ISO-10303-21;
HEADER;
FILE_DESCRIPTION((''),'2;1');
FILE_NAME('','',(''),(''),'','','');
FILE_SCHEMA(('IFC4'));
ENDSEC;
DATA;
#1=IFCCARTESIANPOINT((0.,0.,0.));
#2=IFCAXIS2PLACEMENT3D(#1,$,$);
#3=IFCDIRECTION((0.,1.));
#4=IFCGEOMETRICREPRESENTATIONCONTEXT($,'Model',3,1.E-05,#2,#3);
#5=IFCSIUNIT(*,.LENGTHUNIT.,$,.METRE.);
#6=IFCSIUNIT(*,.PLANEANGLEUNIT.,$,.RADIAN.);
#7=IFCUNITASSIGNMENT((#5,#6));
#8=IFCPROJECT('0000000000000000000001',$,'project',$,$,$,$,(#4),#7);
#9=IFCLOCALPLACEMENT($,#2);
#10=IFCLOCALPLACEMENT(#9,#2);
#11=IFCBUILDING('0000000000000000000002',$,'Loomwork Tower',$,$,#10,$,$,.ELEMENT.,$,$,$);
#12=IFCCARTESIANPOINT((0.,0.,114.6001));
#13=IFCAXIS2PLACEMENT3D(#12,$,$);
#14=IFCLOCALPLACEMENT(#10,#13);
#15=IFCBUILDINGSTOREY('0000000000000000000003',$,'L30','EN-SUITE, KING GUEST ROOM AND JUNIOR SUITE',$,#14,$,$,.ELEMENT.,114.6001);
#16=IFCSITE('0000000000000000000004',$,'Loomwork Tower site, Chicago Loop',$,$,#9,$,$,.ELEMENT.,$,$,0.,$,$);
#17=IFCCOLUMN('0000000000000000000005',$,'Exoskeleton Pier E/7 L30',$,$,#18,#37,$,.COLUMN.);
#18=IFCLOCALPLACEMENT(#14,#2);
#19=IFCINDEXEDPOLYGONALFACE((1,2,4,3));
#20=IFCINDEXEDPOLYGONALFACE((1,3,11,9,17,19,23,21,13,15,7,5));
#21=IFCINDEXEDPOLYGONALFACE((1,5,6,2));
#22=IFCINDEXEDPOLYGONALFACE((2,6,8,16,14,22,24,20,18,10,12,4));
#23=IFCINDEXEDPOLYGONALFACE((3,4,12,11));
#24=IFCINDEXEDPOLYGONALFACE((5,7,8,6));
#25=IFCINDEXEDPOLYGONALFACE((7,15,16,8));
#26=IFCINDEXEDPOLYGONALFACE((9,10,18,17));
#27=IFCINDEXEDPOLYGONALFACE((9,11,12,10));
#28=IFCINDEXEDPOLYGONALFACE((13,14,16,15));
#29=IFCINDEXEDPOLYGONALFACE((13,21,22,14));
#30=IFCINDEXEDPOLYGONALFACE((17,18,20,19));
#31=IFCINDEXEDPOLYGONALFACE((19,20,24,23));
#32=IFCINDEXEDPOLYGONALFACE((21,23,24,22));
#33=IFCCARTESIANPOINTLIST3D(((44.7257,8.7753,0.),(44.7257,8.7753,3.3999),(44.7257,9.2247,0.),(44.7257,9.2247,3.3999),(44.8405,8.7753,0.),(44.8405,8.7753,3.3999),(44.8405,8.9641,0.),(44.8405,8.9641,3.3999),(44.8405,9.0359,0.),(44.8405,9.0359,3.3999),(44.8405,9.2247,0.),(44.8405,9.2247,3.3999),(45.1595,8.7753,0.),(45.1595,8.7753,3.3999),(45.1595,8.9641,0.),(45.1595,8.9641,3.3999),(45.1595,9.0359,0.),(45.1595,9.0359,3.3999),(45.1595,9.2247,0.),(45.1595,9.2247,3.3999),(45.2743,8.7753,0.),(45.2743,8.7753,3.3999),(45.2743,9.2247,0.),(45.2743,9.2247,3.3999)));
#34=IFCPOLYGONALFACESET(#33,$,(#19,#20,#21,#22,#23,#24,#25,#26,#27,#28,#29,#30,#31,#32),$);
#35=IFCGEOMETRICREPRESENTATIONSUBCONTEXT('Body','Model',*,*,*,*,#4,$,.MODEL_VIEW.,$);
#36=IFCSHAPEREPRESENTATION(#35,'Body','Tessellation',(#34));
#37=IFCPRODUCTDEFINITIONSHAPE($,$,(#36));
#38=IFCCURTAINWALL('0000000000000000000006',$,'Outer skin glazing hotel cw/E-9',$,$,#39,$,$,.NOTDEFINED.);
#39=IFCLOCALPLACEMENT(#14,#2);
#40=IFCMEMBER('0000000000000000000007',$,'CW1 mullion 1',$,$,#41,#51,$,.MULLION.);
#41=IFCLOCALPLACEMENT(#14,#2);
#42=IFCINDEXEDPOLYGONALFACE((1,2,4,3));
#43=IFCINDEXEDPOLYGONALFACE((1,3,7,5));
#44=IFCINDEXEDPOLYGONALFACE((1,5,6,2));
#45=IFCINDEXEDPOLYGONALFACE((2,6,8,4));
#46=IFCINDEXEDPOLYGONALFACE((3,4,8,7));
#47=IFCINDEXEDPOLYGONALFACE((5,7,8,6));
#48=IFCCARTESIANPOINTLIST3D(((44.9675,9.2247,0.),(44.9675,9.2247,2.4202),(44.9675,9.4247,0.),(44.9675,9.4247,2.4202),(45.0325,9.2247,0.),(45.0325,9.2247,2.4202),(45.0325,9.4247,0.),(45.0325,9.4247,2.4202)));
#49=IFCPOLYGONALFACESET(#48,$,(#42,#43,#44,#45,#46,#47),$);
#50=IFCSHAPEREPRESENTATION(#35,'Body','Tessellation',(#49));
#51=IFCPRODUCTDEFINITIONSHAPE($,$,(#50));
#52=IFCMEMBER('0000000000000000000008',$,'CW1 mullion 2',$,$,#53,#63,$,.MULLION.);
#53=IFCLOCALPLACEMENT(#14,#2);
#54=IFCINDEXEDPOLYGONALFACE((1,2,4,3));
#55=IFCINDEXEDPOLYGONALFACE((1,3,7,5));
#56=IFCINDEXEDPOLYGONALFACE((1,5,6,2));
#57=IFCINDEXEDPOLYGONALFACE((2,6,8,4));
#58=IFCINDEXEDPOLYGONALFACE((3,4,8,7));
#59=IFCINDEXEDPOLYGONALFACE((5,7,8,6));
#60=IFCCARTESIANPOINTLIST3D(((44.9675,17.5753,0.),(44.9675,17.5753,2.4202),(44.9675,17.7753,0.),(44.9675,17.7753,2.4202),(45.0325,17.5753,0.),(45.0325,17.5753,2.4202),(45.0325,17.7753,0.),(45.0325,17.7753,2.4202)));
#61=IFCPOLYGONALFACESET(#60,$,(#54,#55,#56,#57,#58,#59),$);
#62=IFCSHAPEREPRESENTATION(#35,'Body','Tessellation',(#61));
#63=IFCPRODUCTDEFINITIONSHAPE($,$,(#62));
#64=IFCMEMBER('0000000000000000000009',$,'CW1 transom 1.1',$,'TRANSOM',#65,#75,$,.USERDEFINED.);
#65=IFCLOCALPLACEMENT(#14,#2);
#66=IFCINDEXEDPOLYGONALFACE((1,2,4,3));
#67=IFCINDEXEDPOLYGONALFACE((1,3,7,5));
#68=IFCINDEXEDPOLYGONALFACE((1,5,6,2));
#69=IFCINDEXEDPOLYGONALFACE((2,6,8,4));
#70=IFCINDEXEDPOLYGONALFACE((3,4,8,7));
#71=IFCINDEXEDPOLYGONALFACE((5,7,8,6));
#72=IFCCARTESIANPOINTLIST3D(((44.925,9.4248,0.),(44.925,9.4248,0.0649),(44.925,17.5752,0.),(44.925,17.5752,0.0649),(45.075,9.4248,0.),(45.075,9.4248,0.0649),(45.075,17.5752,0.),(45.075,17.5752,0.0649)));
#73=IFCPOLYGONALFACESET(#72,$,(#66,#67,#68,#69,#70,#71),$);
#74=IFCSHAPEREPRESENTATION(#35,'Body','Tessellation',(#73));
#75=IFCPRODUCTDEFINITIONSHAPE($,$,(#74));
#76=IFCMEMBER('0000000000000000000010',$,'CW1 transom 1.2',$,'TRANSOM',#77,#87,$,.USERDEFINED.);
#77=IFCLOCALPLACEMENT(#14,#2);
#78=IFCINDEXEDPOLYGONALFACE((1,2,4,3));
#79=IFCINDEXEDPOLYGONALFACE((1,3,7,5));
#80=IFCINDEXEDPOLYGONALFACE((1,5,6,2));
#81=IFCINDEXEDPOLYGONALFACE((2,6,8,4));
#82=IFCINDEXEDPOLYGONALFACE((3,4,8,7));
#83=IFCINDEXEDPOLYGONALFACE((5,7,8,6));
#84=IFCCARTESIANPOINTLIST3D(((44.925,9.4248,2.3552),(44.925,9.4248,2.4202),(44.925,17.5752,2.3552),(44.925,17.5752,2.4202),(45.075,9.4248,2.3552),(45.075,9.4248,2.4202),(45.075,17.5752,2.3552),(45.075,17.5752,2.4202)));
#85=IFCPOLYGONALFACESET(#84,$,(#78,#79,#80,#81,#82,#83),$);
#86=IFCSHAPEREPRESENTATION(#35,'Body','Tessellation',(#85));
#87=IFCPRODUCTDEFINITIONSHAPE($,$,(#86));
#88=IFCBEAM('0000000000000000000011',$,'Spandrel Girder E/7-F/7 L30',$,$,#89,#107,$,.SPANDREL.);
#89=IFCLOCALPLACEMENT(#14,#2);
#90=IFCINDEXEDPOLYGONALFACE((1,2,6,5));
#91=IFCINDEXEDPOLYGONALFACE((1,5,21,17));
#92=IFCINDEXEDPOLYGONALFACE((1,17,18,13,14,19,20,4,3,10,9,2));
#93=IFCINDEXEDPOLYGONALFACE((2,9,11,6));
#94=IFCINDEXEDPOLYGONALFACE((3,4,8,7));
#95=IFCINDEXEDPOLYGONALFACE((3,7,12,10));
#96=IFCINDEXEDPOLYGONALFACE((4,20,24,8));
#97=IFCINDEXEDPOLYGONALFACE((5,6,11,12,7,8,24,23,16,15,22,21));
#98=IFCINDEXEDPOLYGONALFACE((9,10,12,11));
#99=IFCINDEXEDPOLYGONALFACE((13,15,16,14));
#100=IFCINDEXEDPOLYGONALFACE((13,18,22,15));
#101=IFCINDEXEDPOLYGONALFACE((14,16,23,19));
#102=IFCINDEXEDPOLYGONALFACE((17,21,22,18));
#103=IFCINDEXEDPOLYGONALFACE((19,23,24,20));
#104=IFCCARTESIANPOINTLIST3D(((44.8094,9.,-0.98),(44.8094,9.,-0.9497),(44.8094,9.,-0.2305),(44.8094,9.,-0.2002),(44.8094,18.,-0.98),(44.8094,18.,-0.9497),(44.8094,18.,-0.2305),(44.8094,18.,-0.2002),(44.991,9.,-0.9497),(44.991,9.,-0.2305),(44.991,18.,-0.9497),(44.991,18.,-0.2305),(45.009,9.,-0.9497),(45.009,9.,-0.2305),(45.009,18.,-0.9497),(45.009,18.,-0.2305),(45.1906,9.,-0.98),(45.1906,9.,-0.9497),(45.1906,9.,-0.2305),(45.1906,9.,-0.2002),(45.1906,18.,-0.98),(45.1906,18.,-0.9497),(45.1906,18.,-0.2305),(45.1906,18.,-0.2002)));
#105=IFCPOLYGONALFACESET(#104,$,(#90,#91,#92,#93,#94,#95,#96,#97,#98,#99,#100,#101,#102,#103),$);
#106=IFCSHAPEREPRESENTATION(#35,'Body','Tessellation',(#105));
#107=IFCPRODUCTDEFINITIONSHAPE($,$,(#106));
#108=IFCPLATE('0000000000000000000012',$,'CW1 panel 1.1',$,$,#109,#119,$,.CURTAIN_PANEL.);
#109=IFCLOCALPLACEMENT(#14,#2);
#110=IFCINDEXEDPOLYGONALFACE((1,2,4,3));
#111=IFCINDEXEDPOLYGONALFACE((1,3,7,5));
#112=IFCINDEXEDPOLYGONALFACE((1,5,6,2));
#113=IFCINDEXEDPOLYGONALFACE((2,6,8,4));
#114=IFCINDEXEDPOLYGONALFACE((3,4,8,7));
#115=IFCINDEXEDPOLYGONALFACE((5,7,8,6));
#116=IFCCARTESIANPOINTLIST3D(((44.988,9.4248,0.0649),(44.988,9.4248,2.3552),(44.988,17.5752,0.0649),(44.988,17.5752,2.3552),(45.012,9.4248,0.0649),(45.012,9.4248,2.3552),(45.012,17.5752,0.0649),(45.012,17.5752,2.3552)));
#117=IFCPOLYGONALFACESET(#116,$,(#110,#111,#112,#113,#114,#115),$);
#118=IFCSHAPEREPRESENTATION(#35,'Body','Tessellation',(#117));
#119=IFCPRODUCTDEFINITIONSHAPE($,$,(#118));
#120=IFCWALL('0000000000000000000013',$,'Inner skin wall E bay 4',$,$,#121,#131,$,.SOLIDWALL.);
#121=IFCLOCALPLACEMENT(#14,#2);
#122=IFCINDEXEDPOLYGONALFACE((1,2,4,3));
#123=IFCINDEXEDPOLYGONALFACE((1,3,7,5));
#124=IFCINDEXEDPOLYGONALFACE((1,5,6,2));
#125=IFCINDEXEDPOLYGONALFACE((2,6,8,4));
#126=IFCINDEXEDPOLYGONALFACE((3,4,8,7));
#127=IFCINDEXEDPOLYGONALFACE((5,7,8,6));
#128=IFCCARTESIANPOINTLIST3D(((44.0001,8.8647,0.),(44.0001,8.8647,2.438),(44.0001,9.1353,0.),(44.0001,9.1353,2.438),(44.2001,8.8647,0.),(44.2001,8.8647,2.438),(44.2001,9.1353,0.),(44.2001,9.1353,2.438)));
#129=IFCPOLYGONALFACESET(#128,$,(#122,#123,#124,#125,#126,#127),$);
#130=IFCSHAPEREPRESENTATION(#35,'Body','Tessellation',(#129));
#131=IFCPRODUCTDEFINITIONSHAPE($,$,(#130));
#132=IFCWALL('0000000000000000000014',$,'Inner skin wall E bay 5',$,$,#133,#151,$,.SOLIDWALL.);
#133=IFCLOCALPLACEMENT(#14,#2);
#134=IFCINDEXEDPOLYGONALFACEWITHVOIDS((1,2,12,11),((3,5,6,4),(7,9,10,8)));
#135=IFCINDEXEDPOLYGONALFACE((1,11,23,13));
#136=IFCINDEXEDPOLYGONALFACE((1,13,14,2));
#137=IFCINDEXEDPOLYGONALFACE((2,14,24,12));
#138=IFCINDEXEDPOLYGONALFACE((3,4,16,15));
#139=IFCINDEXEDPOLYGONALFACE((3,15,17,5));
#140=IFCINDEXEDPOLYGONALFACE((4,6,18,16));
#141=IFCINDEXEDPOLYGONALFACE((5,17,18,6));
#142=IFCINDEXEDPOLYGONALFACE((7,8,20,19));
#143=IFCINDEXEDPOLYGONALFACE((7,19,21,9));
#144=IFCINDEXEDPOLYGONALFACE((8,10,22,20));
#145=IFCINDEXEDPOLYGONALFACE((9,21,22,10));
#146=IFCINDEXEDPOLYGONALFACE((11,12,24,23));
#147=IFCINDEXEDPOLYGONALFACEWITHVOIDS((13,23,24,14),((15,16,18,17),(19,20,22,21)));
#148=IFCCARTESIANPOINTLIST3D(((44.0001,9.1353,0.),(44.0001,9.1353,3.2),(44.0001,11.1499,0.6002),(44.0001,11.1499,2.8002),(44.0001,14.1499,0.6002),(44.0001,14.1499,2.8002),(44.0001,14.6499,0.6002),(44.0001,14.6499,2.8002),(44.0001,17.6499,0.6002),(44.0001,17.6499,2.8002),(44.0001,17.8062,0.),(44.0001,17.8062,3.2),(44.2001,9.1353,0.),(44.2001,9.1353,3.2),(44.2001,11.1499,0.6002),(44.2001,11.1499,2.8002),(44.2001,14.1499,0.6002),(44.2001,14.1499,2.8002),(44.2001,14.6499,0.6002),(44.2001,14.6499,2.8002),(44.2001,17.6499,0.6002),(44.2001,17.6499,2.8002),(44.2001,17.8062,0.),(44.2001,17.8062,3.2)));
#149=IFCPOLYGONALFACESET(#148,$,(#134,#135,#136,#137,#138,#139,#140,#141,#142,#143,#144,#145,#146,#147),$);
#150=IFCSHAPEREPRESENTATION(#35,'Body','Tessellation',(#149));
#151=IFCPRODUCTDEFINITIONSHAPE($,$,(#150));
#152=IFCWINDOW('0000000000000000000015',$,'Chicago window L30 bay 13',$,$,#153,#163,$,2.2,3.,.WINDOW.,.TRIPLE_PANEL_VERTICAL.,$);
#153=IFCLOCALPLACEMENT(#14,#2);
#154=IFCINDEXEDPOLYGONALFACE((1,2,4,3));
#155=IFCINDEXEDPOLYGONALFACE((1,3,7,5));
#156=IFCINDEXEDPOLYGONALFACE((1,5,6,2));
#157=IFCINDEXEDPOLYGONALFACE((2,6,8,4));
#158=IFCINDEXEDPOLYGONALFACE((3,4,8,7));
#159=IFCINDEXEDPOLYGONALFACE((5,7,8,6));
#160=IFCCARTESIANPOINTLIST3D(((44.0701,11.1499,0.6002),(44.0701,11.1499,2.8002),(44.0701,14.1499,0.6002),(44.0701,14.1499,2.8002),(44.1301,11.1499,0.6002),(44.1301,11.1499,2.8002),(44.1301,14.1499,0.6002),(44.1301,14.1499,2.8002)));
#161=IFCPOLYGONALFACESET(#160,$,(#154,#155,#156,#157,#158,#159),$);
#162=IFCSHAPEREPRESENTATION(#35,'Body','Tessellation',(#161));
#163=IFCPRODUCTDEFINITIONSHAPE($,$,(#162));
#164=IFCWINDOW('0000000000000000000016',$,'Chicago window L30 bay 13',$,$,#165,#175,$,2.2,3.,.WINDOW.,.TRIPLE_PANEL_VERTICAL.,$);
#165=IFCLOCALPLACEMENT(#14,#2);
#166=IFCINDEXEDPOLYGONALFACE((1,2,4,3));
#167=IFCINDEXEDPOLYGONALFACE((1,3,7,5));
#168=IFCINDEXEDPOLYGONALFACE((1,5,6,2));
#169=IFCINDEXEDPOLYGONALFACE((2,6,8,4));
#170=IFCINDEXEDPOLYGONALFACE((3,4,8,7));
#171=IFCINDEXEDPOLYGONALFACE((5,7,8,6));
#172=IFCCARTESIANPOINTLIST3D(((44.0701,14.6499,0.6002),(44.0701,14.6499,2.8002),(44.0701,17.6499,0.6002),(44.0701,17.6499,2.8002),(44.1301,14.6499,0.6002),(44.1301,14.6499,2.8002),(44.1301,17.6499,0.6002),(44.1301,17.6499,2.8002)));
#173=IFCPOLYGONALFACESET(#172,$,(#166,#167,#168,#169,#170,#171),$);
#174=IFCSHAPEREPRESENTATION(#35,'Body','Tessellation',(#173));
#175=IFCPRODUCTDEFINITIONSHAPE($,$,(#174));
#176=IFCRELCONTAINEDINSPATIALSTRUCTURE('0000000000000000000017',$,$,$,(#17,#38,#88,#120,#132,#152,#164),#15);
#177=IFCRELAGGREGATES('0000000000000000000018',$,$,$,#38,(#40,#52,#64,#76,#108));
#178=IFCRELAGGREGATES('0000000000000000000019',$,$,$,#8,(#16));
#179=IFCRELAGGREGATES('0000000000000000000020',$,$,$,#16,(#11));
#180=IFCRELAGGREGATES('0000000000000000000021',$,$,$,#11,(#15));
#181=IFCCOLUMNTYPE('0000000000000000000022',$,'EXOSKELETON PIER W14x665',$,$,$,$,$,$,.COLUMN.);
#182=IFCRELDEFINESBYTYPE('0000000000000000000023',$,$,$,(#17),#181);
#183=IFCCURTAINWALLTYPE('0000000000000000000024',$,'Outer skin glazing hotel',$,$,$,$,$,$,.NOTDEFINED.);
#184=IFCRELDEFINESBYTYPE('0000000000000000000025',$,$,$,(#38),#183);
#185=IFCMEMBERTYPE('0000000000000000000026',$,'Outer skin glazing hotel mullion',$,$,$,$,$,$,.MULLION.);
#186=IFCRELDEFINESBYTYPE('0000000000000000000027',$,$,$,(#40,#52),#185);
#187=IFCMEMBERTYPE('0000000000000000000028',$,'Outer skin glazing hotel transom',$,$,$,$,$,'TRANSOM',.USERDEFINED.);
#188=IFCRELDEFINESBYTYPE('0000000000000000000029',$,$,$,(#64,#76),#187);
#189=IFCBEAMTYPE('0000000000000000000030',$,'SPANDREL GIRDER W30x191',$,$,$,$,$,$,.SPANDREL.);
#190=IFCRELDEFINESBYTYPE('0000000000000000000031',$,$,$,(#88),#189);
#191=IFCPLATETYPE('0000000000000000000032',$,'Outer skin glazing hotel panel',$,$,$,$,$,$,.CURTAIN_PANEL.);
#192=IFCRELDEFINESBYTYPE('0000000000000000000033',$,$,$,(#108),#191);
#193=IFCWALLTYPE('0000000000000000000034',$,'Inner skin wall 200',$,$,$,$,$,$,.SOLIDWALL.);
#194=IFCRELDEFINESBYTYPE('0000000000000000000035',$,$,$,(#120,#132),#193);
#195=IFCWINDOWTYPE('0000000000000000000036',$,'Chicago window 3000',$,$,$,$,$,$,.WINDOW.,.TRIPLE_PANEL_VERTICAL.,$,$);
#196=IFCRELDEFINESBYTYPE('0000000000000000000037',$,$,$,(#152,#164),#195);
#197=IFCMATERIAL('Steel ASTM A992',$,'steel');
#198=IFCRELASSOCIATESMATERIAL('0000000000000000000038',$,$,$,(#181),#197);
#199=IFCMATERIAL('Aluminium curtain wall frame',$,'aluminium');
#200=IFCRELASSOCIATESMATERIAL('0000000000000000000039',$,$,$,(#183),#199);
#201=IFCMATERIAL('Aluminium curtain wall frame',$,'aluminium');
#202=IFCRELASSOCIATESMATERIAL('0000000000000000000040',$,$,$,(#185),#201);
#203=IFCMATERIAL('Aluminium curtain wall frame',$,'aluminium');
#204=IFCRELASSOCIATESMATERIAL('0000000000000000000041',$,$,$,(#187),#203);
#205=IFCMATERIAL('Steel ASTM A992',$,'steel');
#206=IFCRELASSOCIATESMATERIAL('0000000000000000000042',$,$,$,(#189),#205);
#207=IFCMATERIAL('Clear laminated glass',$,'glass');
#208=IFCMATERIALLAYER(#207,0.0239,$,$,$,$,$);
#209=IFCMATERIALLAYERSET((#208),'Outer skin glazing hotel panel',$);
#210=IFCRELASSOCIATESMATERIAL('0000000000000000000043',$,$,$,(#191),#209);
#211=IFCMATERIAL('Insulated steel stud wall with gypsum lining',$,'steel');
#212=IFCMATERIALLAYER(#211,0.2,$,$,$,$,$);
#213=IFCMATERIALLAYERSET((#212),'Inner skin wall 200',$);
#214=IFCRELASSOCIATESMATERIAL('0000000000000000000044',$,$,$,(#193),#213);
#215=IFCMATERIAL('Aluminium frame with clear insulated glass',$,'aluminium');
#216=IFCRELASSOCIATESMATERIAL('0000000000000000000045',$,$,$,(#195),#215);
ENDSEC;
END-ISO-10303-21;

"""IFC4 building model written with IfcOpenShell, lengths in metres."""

from ifc_helpers import new_model, si_unit, direction, frame, frame_2d, origin, origin_2d, place, context, subcontext, project, spatial, rectangle, i_section, extrude, material, layer, layer_set, material_profile, profile_set, type_object, element, fill, aggregate, save


model = new_model("IFC4")

# Units and contexts
model_context = context("Model", 3, precision=1e-05, world=origin(), true_north=direction((0.0, 1.0)))
body_context = subcontext(model_context, "Body", "Model", "MODEL_VIEW")
ifc_project = project(units=[si_unit("LENGTHUNIT", "METRE"), si_unit("PLANEANGLEUNIT", "RADIAN")], contexts=[model_context])

# Site, building, storey
site_placement = place(None, origin())
site = spatial("IfcSite", under=ifc_project, at=site_placement, Name="Loomwork Tower site, Chicago Loop", CompositionType="ELEMENT", RefElevation=0.0)
building_placement = place(site_placement, origin())
building = spatial("IfcBuilding", under=site, at=building_placement, Name="Loomwork Tower", CompositionType="ELEMENT")
storey_placement = place(building_placement, frame((0.0, 0.0, 114.6001)))
storey = spatial("IfcBuildingStorey", under=building, at=storey_placement, Name="L30", Description="EN-SUITE, KING GUEST ROOM AND JUNIOR SUITE", CompositionType="ELEMENT", Elevation=114.6001)

# Column
ifc_material_1 = material(Name="Steel ASTM A992", Category="steel")
ifc_material_profile_1 = material_profile(ifc_material_1, i_section(OverallWidth=0.4495, OverallDepth=0.5486, WebThickness=0.0718, FlangeThickness=0.1147, at=origin_2d()), Name="W14x665")
ifc_profile_set_1 = profile_set([ifc_material_profile_1], Name="Steel ASTM A992")
column_type = type_object("IfcColumnType", Name="EXOSKELETON PIER W14x665", PredefinedType="COLUMN", material=ifc_profile_set_1)
column_placement = place(storey_placement, frame((45.0, 9.0, 0.0), z_axis=(0.0, 0.0, 1.0), x_axis=(0.0, 1.0, 0.0)))
element("IfcColumn", 1, at=column_placement, inside=storey, type_object=column_type, Name="Exoskeleton Pier E/7 L30", PredefinedType="COLUMN", context=body_context, shape_type="SweptSolid", body=[
    extrude(i_section(OverallWidth=0.4495, OverallDepth=0.5486, WebThickness=0.0718, FlangeThickness=0.1147, at=origin_2d()), origin(), (0.0, 0.0, 1.0), 3.3999),
])

# Curtain wall, members
ifc_material_2 = material(Name="Aluminium curtain wall frame", Category="aluminium")
curtain_wall_type = type_object("IfcCurtainWallType", Name="Outer skin glazing hotel", PredefinedType="NOTDEFINED", material=ifc_material_2)
curtain_wall_placement = place(storey_placement, origin())
curtain_wall = element("IfcCurtainWall", 2, at=curtain_wall_placement, inside=storey, type_object=curtain_wall_type, Name="Outer skin glazing hotel cw/E-9", PredefinedType="NOTDEFINED")
ifc_material_3 = material(Name="Aluminium curtain wall frame", Category="aluminium")
ifc_material_profile_2 = material_profile(ifc_material_3, rectangle(XDim=0.0649, YDim=0.2, at=origin_2d()), Name="AL 65x200")
ifc_profile_set_2 = profile_set([ifc_material_profile_2], Name="Aluminium curtain wall frame")
member_type_1 = type_object("IfcMemberType", Name="Outer skin glazing hotel mullion", PredefinedType="MULLION", material=ifc_profile_set_2)
member_1_placement = place(storey_placement, frame((45.0, 9.3247, 0.0), z_axis=(0.0, 0.0, 1.0), x_axis=(-1.0, 0.0, 0.0)))
member_1 = element("IfcMember", 3, at=member_1_placement, type_object=member_type_1, Name="CW1 mullion 1", PredefinedType="MULLION", context=body_context, shape_type="SweptSolid", body=[
    extrude(rectangle(XDim=0.0649, YDim=0.2, at=origin_2d()), origin(), (0.0, 0.0, 1.0), 2.4202),
])
member_2_placement = place(storey_placement, frame((45.0, 17.6753, 0.0), z_axis=(0.0, 0.0, 1.0), x_axis=(-1.0, 0.0, 0.0)))
member_2 = element("IfcMember", 4, at=member_2_placement, type_object=member_type_1, Name="CW1 mullion 2", PredefinedType="MULLION", context=body_context, shape_type="SweptSolid", body=[
    extrude(rectangle(XDim=0.0649, YDim=0.2, at=origin_2d()), origin(), (0.0, 0.0, 1.0), 2.4202),
])
ifc_material_4 = material(Name="Aluminium curtain wall frame", Category="aluminium")
ifc_material_profile_3 = material_profile(ifc_material_4, rectangle(XDim=0.1499, YDim=0.0649, at=origin_2d()), Name="AL 65x150")
ifc_profile_set_3 = profile_set([ifc_material_profile_3], Name="Aluminium curtain wall frame")
member_type_2 = type_object("IfcMemberType", Name="Outer skin glazing hotel transom", ElementType="TRANSOM", PredefinedType="USERDEFINED", material=ifc_profile_set_3)
member_3_placement = place(storey_placement, frame((45.0, 9.4248, 0.0325), z_axis=(0.0, 1.0, 0.0), x_axis=(-1.0, 0.0, 0.0)))
member_3 = element("IfcMember", 5, at=member_3_placement, type_object=member_type_2, Name="CW1 transom 1.1", ObjectType="TRANSOM", PredefinedType="USERDEFINED", context=body_context, shape_type="SweptSolid", body=[
    extrude(rectangle(XDim=0.1499, YDim=0.0649, at=origin_2d()), origin(), (0.0, 0.0, 1.0), 8.1504),
])
member_4_placement = place(storey_placement, frame((45.0, 9.4248, 2.3877), z_axis=(0.0, 1.0, 0.0), x_axis=(-1.0, 0.0, 0.0)))
member_4 = element("IfcMember", 6, at=member_4_placement, type_object=member_type_2, Name="CW1 transom 1.2", ObjectType="TRANSOM", PredefinedType="USERDEFINED", context=body_context, shape_type="SweptSolid", body=[
    extrude(rectangle(XDim=0.1499, YDim=0.0649, at=origin_2d()), origin(), (0.0, 0.0, 1.0), 8.1504),
])

# Beam
ifc_material_5 = material(Name="Steel ASTM A992", Category="steel")
ifc_material_profile_4 = material_profile(ifc_material_5, i_section(OverallWidth=0.3811, OverallDepth=0.7798, WebThickness=0.0181, FlangeThickness=0.0303, at=origin_2d()), Name="W30x191")
ifc_profile_set_4 = profile_set([ifc_material_profile_4], Name="Steel ASTM A992")
beam_type = type_object("IfcBeamType", Name="SPANDREL GIRDER W30x191", PredefinedType="SPANDREL", material=ifc_profile_set_4)
beam_placement = place(storey_placement, frame((45.0, 9.0, -0.5901), z_axis=(0.0, 1.0, 0.0), x_axis=(-1.0, 0.0, 0.0)))
element("IfcBeam", 7, at=beam_placement, inside=storey, type_object=beam_type, Name="Spandrel Girder E/7-F/7 L30", PredefinedType="SPANDREL", context=body_context, shape_type="SweptSolid", body=[
    extrude(i_section(OverallWidth=0.3811, OverallDepth=0.7798, WebThickness=0.0181, FlangeThickness=0.0303, at=origin_2d()), origin(), (0.0, 0.0, 1.0), 9.0),
])

# Plate
ifc_material_6 = material(Name="Clear laminated glass", Category="glass")
ifc_layer_1 = layer(ifc_material_6, 0.0239)
ifc_layer_set_1 = layer_set([ifc_layer_1], Name="Outer skin glazing hotel panel")
plate_type = type_object("IfcPlateType", Name="Outer skin glazing hotel panel", PredefinedType="CURTAIN_PANEL", material=ifc_layer_set_1)
plate_placement = place(storey_placement, frame((45.0, 13.5, 0.0649), z_axis=(0.0, 0.0, 1.0), x_axis=(0.0, 1.0, 0.0)))
plate = element("IfcPlate", 8, at=plate_placement, type_object=plate_type, Name="CW1 panel 1.1", PredefinedType="CURTAIN_PANEL", context=body_context, shape_type="SweptSolid", body=[
    extrude(rectangle(XDim=8.1504, YDim=0.0239, at=origin_2d()), origin(), (0.0, 0.0, 1.0), 2.2903),
])
aggregate(curtain_wall, [member_1, member_2, member_3, member_4, plate])

# Wall
ifc_material_7 = material(Name="Insulated steel stud wall with gypsum lining", Category="steel")
ifc_layer_2 = layer(ifc_material_7, 0.2)
ifc_layer_set_2 = layer_set([ifc_layer_2], Name="Inner skin wall 200")
wall_type = type_object("IfcWallType", Name="Inner skin wall 200", PredefinedType="SOLIDWALL", material=ifc_layer_set_2)
wall_1_placement = place(storey_placement, frame((44.1001, 8.8647, 0.0), z_axis=(0.0, 0.0, 1.0), x_axis=(0.0, 1.0, 0.0)))
element("IfcWall", 9, at=wall_1_placement, inside=storey, type_object=wall_type, Name="Inner skin wall E bay 4", PredefinedType="SOLIDWALL", context=body_context, shape_type="SweptSolid", body=[
    extrude(rectangle(XDim=0.2705, YDim=0.2, at=frame_2d((0.1353, 0.0))), origin(), (0.0, 0.0, 1.0), 2.438),
])

# Wall, openings, windows
wall_2_placement = place(storey_placement, frame((44.1001, 9.1353, 0.0), z_axis=(0.0, 0.0, 1.0), x_axis=(0.0, 1.0, 0.0)))
wall_2 = element("IfcWall", 10, at=wall_2_placement, inside=storey, type_object=wall_type, Name="Inner skin wall E bay 5", PredefinedType="SOLIDWALL", context=body_context, shape_type="SweptSolid", body=[
    extrude(rectangle(XDim=8.6709, YDim=0.2, at=frame_2d((4.3354, 0.0))), origin(), (0.0, 0.0, 1.0), 3.2),
])
opening_1_placement = place(wall_2_placement, frame((2.0146, 0.0, 0.6001)))
opening_1 = element("IfcOpeningElement", 11, at=opening_1_placement, cuts=wall_2, PredefinedType="OPENING", context=body_context, shape_type="SweptSolid", body=[
    extrude(rectangle(XDim=3.0, YDim=2.2, at=frame_2d((1.5, 1.1001))), frame((0.0, 0.1099, 0.0), z_axis=(0.0, -1.0, 0.0), x_axis=(1.0, 0.0, 0.0)), (0.0, 0.0, 1.0), 0.22),
])
opening_2_placement = place(wall_2_placement, frame((5.5146, 0.0, 0.6001)))
opening_2 = element("IfcOpeningElement", 12, at=opening_2_placement, cuts=wall_2, PredefinedType="OPENING", context=body_context, shape_type="SweptSolid", body=[
    extrude(rectangle(XDim=3.0, YDim=2.2, at=frame_2d((1.5, 1.1001))), frame((0.0, 0.1099, 0.0), z_axis=(0.0, -1.0, 0.0), x_axis=(1.0, 0.0, 0.0)), (0.0, 0.0, 1.0), 0.22),
])
ifc_material_8 = material(Name="Aluminium frame with clear insulated glass", Category="aluminium")
window_type = type_object("IfcWindowType", Name="Chicago window 3000", PartitioningType="TRIPLE_PANEL_VERTICAL", PredefinedType="WINDOW", material=ifc_material_8)
window_1_placement = place(opening_1_placement, origin())
window_1 = element("IfcWindow", 13, at=window_1_placement, inside=storey, type_object=window_type, Name="Chicago window L30 bay 13", OverallHeight=2.2, OverallWidth=3.0, PartitioningType="TRIPLE_PANEL_VERTICAL", PredefinedType="WINDOW", context=body_context, shape_type="SweptSolid", body=[
    extrude(rectangle(XDim=3.0, YDim=2.2, at=frame_2d((1.5, 1.1001))), frame((0.0, 0.03, 0.0), z_axis=(0.0, -1.0, 0.0), x_axis=(1.0, 0.0, 0.0)), (0.0, 0.0, 1.0), 0.0601),
])
fill(opening_1, window_1)
window_2_placement = place(opening_2_placement, origin())
window_2 = element("IfcWindow", 14, at=window_2_placement, inside=storey, type_object=window_type, Name="Chicago window L30 bay 13", OverallHeight=2.2, OverallWidth=3.0, PartitioningType="TRIPLE_PANEL_VERTICAL", PredefinedType="WINDOW", context=body_context, shape_type="SweptSolid", body=[
    extrude(rectangle(XDim=3.0, YDim=2.2, at=frame_2d((1.5, 1.1001))), frame((0.0, 0.03, 0.0), z_axis=(0.0, -1.0, 0.0), x_axis=(1.0, 0.0, 0.0)), (0.0, 0.0, 1.0), 0.0601),
])
fill(opening_2, window_2)

save(model, "model.ifc")
